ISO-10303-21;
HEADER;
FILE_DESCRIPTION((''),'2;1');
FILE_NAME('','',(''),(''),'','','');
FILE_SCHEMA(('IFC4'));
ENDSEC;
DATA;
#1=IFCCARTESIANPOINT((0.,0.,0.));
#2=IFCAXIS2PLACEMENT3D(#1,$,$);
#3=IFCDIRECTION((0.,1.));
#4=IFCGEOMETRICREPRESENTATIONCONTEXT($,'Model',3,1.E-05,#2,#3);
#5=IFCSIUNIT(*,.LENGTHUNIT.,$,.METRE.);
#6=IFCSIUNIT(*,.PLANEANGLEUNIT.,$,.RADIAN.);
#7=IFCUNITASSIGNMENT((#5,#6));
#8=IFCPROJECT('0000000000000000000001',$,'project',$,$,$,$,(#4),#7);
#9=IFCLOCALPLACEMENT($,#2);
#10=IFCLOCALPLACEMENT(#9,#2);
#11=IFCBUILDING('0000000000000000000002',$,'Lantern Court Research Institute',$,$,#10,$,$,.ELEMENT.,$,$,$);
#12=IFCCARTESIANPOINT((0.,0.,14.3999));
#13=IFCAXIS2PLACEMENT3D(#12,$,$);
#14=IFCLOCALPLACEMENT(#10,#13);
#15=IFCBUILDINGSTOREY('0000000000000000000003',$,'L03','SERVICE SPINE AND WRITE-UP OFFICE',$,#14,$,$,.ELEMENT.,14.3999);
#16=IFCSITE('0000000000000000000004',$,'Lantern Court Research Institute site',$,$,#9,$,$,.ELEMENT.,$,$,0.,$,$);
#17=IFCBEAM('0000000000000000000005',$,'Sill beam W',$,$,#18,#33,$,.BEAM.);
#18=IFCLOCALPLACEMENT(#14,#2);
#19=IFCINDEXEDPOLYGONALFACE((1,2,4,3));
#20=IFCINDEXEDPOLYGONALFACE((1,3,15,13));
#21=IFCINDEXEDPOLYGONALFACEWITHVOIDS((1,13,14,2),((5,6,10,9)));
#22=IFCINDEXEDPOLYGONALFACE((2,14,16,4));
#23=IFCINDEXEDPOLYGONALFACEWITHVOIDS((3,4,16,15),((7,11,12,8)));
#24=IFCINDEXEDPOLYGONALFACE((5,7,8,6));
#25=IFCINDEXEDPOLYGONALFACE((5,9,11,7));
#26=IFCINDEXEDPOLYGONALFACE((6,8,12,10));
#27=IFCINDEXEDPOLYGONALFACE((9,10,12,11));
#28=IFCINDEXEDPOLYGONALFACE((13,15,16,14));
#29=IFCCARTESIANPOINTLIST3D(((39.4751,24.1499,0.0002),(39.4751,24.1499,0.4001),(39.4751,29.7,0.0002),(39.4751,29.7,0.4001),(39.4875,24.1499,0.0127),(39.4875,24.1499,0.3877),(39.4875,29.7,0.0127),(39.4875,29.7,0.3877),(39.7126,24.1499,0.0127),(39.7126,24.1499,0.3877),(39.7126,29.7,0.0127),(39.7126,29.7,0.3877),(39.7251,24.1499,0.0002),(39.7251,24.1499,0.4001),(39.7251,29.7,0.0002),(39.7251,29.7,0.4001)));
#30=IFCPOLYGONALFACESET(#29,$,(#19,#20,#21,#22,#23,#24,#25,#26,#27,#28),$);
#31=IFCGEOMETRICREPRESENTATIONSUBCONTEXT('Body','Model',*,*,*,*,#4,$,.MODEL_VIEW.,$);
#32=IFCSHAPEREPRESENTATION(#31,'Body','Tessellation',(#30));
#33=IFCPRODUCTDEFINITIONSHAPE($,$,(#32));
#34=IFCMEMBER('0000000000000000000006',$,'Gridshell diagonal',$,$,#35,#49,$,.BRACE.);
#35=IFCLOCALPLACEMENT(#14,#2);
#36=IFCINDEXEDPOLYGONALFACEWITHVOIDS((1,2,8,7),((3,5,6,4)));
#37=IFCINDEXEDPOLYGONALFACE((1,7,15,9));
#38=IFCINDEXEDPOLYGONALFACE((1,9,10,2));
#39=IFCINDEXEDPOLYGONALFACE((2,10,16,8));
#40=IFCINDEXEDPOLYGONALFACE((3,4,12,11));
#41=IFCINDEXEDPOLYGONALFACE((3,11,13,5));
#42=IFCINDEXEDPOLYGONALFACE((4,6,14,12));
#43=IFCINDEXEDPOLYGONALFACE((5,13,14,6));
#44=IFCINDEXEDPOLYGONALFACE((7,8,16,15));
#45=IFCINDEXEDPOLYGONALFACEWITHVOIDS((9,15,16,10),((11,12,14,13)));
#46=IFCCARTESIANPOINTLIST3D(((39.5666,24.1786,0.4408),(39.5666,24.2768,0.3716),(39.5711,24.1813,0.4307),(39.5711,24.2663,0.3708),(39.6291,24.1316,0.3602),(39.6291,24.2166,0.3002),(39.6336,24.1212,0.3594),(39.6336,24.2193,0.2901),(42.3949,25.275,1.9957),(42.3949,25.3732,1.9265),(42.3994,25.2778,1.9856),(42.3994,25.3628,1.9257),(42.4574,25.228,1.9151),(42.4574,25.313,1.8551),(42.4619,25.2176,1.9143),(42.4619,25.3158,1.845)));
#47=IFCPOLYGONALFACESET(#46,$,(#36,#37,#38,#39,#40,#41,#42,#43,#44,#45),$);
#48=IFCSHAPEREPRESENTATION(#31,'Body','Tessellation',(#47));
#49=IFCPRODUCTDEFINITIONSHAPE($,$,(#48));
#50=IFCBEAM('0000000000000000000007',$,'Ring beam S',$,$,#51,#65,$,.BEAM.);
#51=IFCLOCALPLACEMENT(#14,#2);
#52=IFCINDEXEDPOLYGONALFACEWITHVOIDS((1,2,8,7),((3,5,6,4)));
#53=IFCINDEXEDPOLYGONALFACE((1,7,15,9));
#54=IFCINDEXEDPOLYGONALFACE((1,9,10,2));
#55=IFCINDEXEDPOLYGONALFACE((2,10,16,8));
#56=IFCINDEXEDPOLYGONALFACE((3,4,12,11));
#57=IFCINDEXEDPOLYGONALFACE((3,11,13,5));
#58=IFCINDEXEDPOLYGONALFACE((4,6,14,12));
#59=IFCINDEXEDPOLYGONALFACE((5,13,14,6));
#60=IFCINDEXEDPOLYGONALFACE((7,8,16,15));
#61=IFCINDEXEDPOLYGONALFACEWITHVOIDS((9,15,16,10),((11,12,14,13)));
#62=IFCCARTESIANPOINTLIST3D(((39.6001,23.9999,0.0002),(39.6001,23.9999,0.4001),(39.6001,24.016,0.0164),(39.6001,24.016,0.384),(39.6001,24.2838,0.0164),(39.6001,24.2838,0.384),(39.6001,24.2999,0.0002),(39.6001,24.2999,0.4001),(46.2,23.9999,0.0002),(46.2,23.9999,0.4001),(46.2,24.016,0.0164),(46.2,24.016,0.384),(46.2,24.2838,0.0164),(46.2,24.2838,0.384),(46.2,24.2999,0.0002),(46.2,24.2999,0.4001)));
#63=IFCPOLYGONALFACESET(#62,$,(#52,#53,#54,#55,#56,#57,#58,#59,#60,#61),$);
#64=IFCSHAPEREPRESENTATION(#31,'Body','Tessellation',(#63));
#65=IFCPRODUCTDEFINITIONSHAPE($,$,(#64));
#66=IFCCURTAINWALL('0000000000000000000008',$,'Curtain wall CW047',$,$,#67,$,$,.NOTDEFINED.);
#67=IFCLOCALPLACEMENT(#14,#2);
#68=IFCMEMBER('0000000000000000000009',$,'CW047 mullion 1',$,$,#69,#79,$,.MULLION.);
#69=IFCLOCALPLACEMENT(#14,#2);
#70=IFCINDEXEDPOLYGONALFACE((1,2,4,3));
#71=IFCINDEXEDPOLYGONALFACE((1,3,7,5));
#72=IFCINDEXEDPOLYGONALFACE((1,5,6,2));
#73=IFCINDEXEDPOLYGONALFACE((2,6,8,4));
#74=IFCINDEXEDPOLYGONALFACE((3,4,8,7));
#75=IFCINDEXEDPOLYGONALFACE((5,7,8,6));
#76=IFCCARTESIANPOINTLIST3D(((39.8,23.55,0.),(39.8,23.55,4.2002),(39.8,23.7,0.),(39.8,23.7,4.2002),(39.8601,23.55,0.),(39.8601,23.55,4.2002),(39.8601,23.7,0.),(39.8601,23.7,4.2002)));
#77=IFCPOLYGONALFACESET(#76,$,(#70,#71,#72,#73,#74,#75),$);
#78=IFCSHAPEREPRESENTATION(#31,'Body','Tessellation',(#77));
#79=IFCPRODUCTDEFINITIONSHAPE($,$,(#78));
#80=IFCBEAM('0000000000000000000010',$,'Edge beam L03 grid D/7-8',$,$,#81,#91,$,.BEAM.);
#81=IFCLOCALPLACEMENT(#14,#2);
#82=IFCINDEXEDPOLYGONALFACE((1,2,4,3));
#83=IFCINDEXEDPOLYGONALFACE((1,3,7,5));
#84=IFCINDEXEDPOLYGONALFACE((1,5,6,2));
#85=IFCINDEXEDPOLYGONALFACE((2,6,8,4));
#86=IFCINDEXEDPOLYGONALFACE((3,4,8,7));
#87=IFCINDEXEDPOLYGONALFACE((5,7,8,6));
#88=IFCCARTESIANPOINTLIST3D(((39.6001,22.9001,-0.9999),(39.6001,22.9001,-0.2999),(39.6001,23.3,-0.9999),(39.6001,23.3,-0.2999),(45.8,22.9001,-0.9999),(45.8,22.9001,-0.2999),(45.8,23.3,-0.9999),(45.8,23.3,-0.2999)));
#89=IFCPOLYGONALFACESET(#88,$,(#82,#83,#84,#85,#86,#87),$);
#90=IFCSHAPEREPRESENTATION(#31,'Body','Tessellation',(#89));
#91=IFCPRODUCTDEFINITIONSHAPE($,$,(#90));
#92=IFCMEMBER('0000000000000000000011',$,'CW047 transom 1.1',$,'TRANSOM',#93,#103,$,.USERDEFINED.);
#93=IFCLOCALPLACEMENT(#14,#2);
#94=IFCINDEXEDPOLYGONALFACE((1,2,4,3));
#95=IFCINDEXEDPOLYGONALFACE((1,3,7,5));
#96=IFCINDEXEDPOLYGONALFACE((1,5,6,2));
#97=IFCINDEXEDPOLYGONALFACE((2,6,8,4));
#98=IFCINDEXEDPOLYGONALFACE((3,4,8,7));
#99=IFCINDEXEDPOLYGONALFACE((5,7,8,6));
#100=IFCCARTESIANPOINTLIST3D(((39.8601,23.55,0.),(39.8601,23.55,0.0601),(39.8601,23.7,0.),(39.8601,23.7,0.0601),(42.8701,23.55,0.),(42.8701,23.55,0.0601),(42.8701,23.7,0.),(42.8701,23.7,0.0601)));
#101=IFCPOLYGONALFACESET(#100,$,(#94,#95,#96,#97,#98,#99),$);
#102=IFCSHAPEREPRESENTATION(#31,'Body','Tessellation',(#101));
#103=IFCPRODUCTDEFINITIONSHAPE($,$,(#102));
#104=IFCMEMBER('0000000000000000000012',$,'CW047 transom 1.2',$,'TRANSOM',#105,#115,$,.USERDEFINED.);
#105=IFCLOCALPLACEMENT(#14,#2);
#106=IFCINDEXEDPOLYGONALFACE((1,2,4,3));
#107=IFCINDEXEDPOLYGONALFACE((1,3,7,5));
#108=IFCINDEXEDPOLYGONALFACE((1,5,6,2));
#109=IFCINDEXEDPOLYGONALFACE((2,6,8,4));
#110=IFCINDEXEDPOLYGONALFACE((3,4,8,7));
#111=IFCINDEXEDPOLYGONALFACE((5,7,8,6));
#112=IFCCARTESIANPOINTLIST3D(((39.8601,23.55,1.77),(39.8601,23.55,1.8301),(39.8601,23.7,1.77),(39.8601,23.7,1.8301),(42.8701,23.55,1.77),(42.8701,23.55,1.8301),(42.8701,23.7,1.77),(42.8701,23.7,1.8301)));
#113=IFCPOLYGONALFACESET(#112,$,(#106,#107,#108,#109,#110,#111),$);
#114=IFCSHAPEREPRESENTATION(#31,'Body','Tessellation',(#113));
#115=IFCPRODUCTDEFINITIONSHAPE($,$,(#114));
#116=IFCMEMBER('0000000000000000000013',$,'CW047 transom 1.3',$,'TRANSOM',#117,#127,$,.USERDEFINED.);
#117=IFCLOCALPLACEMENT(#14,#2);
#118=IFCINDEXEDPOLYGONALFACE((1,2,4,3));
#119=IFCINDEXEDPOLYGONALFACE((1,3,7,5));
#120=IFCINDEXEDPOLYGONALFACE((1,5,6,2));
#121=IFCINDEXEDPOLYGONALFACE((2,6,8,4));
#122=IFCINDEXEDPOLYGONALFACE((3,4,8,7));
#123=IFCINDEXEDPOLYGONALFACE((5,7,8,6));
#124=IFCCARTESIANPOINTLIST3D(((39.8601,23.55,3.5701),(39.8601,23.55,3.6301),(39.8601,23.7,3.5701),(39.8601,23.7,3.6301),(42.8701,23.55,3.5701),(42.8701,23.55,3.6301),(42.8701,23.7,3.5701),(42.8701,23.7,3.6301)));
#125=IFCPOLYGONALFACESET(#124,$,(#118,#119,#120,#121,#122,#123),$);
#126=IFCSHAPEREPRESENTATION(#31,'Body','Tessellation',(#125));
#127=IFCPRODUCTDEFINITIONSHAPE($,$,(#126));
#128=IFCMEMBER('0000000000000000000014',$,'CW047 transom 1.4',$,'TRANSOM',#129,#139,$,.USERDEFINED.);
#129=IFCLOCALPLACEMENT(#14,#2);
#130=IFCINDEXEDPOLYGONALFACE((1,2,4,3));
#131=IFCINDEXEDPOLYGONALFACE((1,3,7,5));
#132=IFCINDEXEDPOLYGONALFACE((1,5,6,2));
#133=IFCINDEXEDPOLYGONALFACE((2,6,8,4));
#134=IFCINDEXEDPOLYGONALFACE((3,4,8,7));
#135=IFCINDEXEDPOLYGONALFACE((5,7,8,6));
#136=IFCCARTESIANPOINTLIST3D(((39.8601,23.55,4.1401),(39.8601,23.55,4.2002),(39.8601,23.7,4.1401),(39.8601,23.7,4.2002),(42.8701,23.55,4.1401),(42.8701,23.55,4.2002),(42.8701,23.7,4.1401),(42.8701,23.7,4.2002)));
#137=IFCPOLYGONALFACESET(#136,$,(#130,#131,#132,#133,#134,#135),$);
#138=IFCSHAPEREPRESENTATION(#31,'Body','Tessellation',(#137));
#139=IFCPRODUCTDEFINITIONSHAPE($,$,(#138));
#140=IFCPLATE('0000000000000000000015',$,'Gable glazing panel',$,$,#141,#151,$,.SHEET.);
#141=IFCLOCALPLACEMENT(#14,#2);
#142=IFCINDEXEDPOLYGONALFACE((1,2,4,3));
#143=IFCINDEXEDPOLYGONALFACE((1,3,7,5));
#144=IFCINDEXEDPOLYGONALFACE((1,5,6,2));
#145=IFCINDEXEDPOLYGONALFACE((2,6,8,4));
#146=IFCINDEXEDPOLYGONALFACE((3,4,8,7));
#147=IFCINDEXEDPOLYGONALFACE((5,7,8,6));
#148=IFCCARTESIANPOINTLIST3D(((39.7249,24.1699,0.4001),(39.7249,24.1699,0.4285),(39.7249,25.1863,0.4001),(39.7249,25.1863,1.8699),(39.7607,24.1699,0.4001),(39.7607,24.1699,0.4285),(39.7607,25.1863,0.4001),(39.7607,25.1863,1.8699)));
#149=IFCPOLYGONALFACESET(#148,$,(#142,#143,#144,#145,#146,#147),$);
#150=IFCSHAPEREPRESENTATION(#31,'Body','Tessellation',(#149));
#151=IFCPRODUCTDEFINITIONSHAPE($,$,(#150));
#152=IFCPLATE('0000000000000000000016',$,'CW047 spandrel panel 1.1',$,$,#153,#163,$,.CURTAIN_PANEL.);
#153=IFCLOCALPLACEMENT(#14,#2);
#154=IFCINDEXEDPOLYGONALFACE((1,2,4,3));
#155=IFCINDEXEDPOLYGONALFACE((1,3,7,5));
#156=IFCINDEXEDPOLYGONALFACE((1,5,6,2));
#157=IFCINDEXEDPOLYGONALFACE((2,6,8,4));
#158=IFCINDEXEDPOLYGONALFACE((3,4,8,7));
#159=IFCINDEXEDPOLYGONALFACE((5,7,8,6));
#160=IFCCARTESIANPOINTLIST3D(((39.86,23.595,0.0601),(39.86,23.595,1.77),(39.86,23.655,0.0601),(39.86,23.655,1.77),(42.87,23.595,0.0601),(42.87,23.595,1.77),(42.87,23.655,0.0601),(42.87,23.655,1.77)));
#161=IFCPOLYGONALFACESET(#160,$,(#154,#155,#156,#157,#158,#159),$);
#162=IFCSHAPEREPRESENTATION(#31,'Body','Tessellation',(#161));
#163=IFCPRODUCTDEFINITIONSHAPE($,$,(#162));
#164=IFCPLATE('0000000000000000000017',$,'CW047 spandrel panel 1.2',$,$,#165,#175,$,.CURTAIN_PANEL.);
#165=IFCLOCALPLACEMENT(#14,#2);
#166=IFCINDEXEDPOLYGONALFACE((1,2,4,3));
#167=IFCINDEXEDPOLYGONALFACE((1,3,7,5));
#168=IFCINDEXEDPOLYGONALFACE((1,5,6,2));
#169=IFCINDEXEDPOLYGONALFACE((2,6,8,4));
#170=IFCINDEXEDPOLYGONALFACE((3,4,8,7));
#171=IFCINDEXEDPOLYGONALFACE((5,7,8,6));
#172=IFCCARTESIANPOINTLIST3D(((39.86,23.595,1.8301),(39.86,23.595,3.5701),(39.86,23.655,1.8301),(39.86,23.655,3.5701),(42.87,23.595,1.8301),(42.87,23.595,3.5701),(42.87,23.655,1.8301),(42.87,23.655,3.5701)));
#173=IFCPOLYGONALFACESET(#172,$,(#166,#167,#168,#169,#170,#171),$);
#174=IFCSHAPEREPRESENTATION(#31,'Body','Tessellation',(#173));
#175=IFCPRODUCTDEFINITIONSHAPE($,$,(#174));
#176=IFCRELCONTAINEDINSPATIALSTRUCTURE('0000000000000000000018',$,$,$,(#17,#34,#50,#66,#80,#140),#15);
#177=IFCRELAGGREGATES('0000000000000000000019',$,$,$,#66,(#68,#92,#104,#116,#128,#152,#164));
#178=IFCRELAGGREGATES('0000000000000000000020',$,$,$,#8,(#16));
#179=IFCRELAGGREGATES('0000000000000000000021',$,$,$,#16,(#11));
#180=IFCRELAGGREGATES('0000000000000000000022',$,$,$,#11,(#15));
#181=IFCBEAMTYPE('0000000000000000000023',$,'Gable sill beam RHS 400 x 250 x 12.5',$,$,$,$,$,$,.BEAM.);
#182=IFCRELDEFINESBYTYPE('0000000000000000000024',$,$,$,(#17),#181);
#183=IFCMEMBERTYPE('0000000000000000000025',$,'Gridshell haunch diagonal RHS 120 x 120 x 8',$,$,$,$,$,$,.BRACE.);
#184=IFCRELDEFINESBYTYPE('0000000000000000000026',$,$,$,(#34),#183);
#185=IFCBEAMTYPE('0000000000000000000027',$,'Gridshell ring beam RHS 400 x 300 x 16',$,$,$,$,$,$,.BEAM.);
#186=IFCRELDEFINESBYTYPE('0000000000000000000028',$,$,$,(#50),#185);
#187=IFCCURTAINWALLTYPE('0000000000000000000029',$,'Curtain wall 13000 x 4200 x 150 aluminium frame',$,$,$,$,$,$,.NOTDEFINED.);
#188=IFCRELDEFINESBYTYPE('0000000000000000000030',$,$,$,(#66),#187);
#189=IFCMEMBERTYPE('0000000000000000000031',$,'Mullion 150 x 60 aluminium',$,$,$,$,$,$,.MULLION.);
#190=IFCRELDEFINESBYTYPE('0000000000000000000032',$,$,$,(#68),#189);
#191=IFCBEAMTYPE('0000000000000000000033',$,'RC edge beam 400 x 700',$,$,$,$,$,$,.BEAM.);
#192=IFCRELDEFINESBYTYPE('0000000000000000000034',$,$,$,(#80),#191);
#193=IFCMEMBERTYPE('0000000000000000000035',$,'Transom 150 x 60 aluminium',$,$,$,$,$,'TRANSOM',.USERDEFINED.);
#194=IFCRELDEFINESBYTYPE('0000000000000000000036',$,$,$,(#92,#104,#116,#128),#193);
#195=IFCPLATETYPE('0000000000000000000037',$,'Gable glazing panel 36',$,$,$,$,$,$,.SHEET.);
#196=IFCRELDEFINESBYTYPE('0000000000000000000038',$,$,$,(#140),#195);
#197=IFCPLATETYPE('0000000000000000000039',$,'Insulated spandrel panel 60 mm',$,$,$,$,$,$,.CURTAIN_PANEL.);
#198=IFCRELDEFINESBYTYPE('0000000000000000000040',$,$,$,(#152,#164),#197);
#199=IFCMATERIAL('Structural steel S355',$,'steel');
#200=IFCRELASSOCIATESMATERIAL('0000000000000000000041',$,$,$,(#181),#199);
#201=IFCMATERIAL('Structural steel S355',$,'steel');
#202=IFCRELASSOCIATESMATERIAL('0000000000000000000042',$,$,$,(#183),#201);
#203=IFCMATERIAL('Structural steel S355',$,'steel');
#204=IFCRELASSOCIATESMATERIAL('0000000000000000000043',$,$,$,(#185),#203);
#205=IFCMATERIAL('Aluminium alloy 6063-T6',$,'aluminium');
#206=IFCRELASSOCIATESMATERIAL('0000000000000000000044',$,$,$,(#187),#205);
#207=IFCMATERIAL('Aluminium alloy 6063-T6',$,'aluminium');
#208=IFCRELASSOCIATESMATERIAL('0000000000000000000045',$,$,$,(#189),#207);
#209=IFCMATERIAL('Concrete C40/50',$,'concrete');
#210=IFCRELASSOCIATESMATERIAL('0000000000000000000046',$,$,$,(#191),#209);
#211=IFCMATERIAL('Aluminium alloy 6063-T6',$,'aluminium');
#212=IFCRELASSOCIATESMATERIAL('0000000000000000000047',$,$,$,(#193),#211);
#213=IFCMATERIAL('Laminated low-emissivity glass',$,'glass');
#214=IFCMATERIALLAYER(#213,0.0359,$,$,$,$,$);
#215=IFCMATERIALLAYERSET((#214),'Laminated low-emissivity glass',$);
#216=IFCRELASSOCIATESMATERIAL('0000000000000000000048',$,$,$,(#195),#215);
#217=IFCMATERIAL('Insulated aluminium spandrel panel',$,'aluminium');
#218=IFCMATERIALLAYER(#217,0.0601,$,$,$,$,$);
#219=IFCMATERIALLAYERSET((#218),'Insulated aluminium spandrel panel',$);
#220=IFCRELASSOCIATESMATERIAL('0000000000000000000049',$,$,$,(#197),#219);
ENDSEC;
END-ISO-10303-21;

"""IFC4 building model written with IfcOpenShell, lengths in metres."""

from ifc_helpers import new_model, si_unit, direction, frame, origin, origin_2d, place, context, subcontext, project, spatial, polyline, rectangle, hollow_rectangle, outline, extrude, material, layer, layer_set, material_profile, profile_set, type_object, element, aggregate, save


model = new_model("IFC4")

# Units and contexts
model_context = context("Model", 3, precision=1e-05, world=origin(), true_north=direction((0.0, 1.0)))
body_context = subcontext(model_context, "Body", "Model", "MODEL_VIEW")
ifc_project = project(units=[si_unit("LENGTHUNIT", "METRE"), si_unit("PLANEANGLEUNIT", "RADIAN")], contexts=[model_context])

# Site, building, storey
site_placement = place(None, origin())
site = spatial("IfcSite", under=ifc_project, at=site_placement, Name="Lantern Court Research Institute site", CompositionType="ELEMENT", RefElevation=0.0)
building_placement = place(site_placement, origin())
building = spatial("IfcBuilding", under=site, at=building_placement, Name="Lantern Court Research Institute", CompositionType="ELEMENT")
storey_placement = place(building_placement, frame((0.0, 0.0, 14.3999)))
storey = spatial("IfcBuildingStorey", under=building, at=storey_placement, Name="L03", Description="SERVICE SPINE AND WRITE-UP OFFICE", CompositionType="ELEMENT", Elevation=14.3999)

# Beam
ifc_material_1 = material(Name="Structural steel S355", Category="steel")
ifc_material_profile_1 = material_profile(ifc_material_1, hollow_rectangle(XDim=0.25, YDim=0.3999, WallThickness=0.0125, at=origin_2d()), Name="Gable sill beam RHS 400 x 250 x 12.5")
ifc_profile_set_1 = profile_set([ifc_material_profile_1], Name="Structural steel S355")
beam_type_1 = type_object("IfcBeamType", Name="Gable sill beam RHS 400 x 250 x 12.5", PredefinedType="BEAM", material=ifc_profile_set_1)
beam_1_placement = place(storey_placement, frame((39.6001, 24.1499, 0.2002), z_axis=(0.0, 1.0, 0.0), x_axis=(-1.0, 0.0, 0.0)))
element("IfcBeam", 1, at=beam_1_placement, inside=storey, type_object=beam_type_1, Name="Sill beam W", PredefinedType="BEAM", context=body_context, shape_type="SweptSolid", body=[
    extrude(hollow_rectangle(XDim=0.25, YDim=0.3999, WallThickness=0.0125, at=origin_2d()), origin(), (0.0, 0.0, 1.0), 5.55),
])

# Member
ifc_material_2 = material(Name="Structural steel S355", Category="steel")
ifc_material_profile_2 = material_profile(ifc_material_2, hollow_rectangle(XDim=0.1201, YDim=0.1201, WallThickness=0.0081, at=origin_2d()), Name="Gridshell haunch diagonal RHS 120 x 120 x 8")
ifc_profile_set_2 = profile_set([ifc_material_profile_2], Name="Structural steel S355")
member_type_1 = type_object("IfcMemberType", Name="Gridshell haunch diagonal RHS 120 x 120 x 8", PredefinedType="BRACE", material=ifc_profile_set_2)
member_1_placement = place(storey_placement, frame((39.6001, 24.199, 0.3655), z_axis=(0.829735, 0.321652, 0.456157), x_axis=(-0.558157, 0.478114, 0.678135)))
element("IfcMember", 2, at=member_1_placement, inside=storey, type_object=member_type_1, Name="Gridshell diagonal", PredefinedType="BRACE", context=body_context, shape_type="SweptSolid", body=[
    extrude(hollow_rectangle(XDim=0.1201, YDim=0.1201, WallThickness=0.0081, at=origin_2d()), origin(), (0.0, 0.0, 1.0), 3.4087),
])

# Beam
ifc_material_3 = material(Name="Structural steel S355", Category="steel")
ifc_material_profile_3 = material_profile(ifc_material_3, hollow_rectangle(XDim=0.3, YDim=0.3999, WallThickness=0.0161, at=origin_2d()), Name="Gridshell ring beam RHS 400 x 300 x 16")
ifc_profile_set_3 = profile_set([ifc_material_profile_3], Name="Structural steel S355")
beam_type_2 = type_object("IfcBeamType", Name="Gridshell ring beam RHS 400 x 300 x 16", PredefinedType="BEAM", material=ifc_profile_set_3)
beam_2_placement = place(storey_placement, frame((39.6001, 24.1499, 0.2002), z_axis=(1.0, 0.0, 0.0), x_axis=(0.0, 1.0, 0.0)))
element("IfcBeam", 3, at=beam_2_placement, inside=storey, type_object=beam_type_2, Name="Ring beam S", PredefinedType="BEAM", context=body_context, shape_type="SweptSolid", body=[
    extrude(hollow_rectangle(XDim=0.3, YDim=0.3999, WallThickness=0.0161, at=origin_2d()), origin(), (0.0, 0.0, 1.0), 6.5999),
])

# Curtain wall, member
ifc_material_4 = material(Name="Aluminium alloy 6063-T6", Category="aluminium")
curtain_wall_type = type_object("IfcCurtainWallType", Name="Curtain wall 13000 x 4200 x 150 aluminium frame", PredefinedType="NOTDEFINED", material=ifc_material_4)
curtain_wall_placement = place(storey_placement, origin())
curtain_wall = element("IfcCurtainWall", 4, at=curtain_wall_placement, inside=storey, type_object=curtain_wall_type, Name="Curtain wall CW047", PredefinedType="NOTDEFINED")
ifc_material_5 = material(Name="Aluminium alloy 6063-T6", Category="aluminium")
ifc_material_profile_4 = material_profile(ifc_material_5, rectangle(XDim=0.1499, YDim=0.0601, at=origin_2d()), Name="Mullion 150 x 60")
ifc_profile_set_4 = profile_set([ifc_material_profile_4], Name="Aluminium alloy 6063-T6")
member_type_2 = type_object("IfcMemberType", Name="Mullion 150 x 60 aluminium", PredefinedType="MULLION", material=ifc_profile_set_4)
member_2_placement = place(storey_placement, frame((39.8301, 23.625, 0.0), z_axis=(0.0, 0.0, 1.0), x_axis=(0.0, 1.0, 0.0)))
member_2 = element("IfcMember", 5, at=member_2_placement, type_object=member_type_2, Name="CW047 mullion 1", PredefinedType="MULLION", context=body_context, shape_type="SweptSolid", body=[
    extrude(rectangle(XDim=0.1499, YDim=0.0601, at=origin_2d()), origin(), (0.0, 0.0, 1.0), 4.2002),
])

# Beam
ifc_material_6 = material(Name="Concrete C40/50", Category="concrete")
ifc_material_profile_5 = material_profile(ifc_material_6, rectangle(XDim=0.3999, YDim=0.7, at=origin_2d()), Name="RC beam 400 x 700")
ifc_profile_set_5 = profile_set([ifc_material_profile_5], Name="Concrete C40/50")
beam_type_3 = type_object("IfcBeamType", Name="RC edge beam 400 x 700", PredefinedType="BEAM", material=ifc_profile_set_5)
beam_3_placement = place(storey_placement, frame((39.6001, 23.1001, -0.6499), z_axis=(1.0, 0.0, 0.0), x_axis=(0.0, 1.0, 0.0)))
element("IfcBeam", 6, at=beam_3_placement, inside=storey, type_object=beam_type_3, Name="Edge beam L03 grid D/7-8", PredefinedType="BEAM", context=body_context, shape_type="SweptSolid", body=[
    extrude(rectangle(XDim=0.3999, YDim=0.7, at=origin_2d()), origin(), (0.0, 0.0, 1.0), 6.2),
])

# Members
ifc_material_7 = material(Name="Aluminium alloy 6063-T6", Category="aluminium")
ifc_material_profile_6 = material_profile(ifc_material_7, rectangle(XDim=0.1499, YDim=0.0601, at=origin_2d()), Name="Transom 150 x 60")
ifc_profile_set_6 = profile_set([ifc_material_profile_6], Name="Aluminium alloy 6063-T6")
member_type_3 = type_object("IfcMemberType", Name="Transom 150 x 60 aluminium", ElementType="TRANSOM", PredefinedType="USERDEFINED", material=ifc_profile_set_6)
member_3_placement = place(storey_placement, frame((39.8601, 23.625, 0.03), z_axis=(1.0, 0.0, 0.0), x_axis=(0.0, 1.0, 0.0)))
member_3 = element("IfcMember", 7, at=member_3_placement, type_object=member_type_3, Name="CW047 transom 1.1", ObjectType="TRANSOM", PredefinedType="USERDEFINED", context=body_context, shape_type="SweptSolid", body=[
    extrude(rectangle(XDim=0.1499, YDim=0.0601, at=origin_2d()), origin(), (0.0, 0.0, 1.0), 3.01),
])
member_4_placement = place(storey_placement, frame((39.8601, 23.625, 1.8), z_axis=(1.0, 0.0, 0.0), x_axis=(0.0, 1.0, 0.0)))
member_4 = element("IfcMember", 8, at=member_4_placement, type_object=member_type_3, Name="CW047 transom 1.2", ObjectType="TRANSOM", PredefinedType="USERDEFINED", context=body_context, shape_type="SweptSolid", body=[
    extrude(rectangle(XDim=0.1499, YDim=0.0601, at=origin_2d()), origin(), (0.0, 0.0, 1.0), 3.01),
])
member_5_placement = place(storey_placement, frame((39.8601, 23.625, 3.6001), z_axis=(1.0, 0.0, 0.0), x_axis=(0.0, 1.0, 0.0)))
member_5 = element("IfcMember", 9, at=member_5_placement, type_object=member_type_3, Name="CW047 transom 1.3", ObjectType="TRANSOM", PredefinedType="USERDEFINED", context=body_context, shape_type="SweptSolid", body=[
    extrude(rectangle(XDim=0.1499, YDim=0.0601, at=origin_2d()), origin(), (0.0, 0.0, 1.0), 3.01),
])
member_6_placement = place(storey_placement, frame((39.8601, 23.625, 4.1702), z_axis=(1.0, 0.0, 0.0), x_axis=(0.0, 1.0, 0.0)))
member_6 = element("IfcMember", 10, at=member_6_placement, type_object=member_type_3, Name="CW047 transom 1.4", ObjectType="TRANSOM", PredefinedType="USERDEFINED", context=body_context, shape_type="SweptSolid", body=[
    extrude(rectangle(XDim=0.1499, YDim=0.0601, at=origin_2d()), origin(), (0.0, 0.0, 1.0), 3.01),
])

# Plates
ifc_material_8 = material(Name="Laminated low-emissivity glass", Category="glass")
ifc_layer_1 = layer(ifc_material_8, 0.0359)
ifc_layer_set_1 = layer_set([ifc_layer_1], Name="Laminated low-emissivity glass")
plate_type_1 = type_object("IfcPlateType", Name="Gable glazing panel 36", PredefinedType="SHEET", material=ifc_layer_set_1)
plate_1_placement = place(storey_placement, frame((39.7429, 24.1699, 0.4001), z_axis=(0.0, 0.0, 1.0), x_axis=(0.0, 1.0, 0.0)))
element("IfcPlate", 11, at=plate_1_placement, inside=storey, type_object=plate_type_1, Name="Gable glazing panel", PredefinedType="SHEET", context=body_context, shape_type="SweptSolid", body=[
    extrude(outline(polyline([(0.0, 0.0), (1.0164, 0.0), (1.0164, 1.4697), (0.0, 0.0283), (0.0, 0.0)])), frame((0.0, 0.0181, 0.0), z_axis=(0.0, -1.0, 0.0), x_axis=(1.0, 0.0, 0.0)), (0.0, 0.0, 1.0), 0.0359),
])
ifc_material_9 = material(Name="Insulated aluminium spandrel panel", Category="aluminium")
ifc_layer_2 = layer(ifc_material_9, 0.0601)
ifc_layer_set_2 = layer_set([ifc_layer_2], Name="Insulated aluminium spandrel panel")
plate_type_2 = type_object("IfcPlateType", Name="Insulated spandrel panel 60 mm", PredefinedType="CURTAIN_PANEL", material=ifc_layer_set_2)
plate_2_placement = place(storey_placement, frame((41.365, 23.625, 0.0601), z_axis=(0.0, 0.0, 1.0), x_axis=(1.0, 0.0, 0.0)))
plate_2 = element("IfcPlate", 12, at=plate_2_placement, type_object=plate_type_2, Name="CW047 spandrel panel 1.1", PredefinedType="CURTAIN_PANEL", context=body_context, shape_type="SweptSolid", body=[
    extrude(rectangle(XDim=3.01, YDim=0.0601, at=origin_2d()), origin(), (0.0, 0.0, 1.0), 1.71),
])
plate_3_placement = place(storey_placement, frame((41.365, 23.625, 1.8301), z_axis=(0.0, 0.0, 1.0), x_axis=(1.0, 0.0, 0.0)))
plate_3 = element("IfcPlate", 13, at=plate_3_placement, type_object=plate_type_2, Name="CW047 spandrel panel 1.2", PredefinedType="CURTAIN_PANEL", context=body_context, shape_type="SweptSolid", body=[
    extrude(rectangle(XDim=3.01, YDim=0.0601, at=origin_2d()), origin(), (0.0, 0.0, 1.0), 1.74),
])
aggregate(curtain_wall, [member_2, member_3, member_4, member_5, member_6, plate_2, plate_3])

save(model, "model.ifc")
